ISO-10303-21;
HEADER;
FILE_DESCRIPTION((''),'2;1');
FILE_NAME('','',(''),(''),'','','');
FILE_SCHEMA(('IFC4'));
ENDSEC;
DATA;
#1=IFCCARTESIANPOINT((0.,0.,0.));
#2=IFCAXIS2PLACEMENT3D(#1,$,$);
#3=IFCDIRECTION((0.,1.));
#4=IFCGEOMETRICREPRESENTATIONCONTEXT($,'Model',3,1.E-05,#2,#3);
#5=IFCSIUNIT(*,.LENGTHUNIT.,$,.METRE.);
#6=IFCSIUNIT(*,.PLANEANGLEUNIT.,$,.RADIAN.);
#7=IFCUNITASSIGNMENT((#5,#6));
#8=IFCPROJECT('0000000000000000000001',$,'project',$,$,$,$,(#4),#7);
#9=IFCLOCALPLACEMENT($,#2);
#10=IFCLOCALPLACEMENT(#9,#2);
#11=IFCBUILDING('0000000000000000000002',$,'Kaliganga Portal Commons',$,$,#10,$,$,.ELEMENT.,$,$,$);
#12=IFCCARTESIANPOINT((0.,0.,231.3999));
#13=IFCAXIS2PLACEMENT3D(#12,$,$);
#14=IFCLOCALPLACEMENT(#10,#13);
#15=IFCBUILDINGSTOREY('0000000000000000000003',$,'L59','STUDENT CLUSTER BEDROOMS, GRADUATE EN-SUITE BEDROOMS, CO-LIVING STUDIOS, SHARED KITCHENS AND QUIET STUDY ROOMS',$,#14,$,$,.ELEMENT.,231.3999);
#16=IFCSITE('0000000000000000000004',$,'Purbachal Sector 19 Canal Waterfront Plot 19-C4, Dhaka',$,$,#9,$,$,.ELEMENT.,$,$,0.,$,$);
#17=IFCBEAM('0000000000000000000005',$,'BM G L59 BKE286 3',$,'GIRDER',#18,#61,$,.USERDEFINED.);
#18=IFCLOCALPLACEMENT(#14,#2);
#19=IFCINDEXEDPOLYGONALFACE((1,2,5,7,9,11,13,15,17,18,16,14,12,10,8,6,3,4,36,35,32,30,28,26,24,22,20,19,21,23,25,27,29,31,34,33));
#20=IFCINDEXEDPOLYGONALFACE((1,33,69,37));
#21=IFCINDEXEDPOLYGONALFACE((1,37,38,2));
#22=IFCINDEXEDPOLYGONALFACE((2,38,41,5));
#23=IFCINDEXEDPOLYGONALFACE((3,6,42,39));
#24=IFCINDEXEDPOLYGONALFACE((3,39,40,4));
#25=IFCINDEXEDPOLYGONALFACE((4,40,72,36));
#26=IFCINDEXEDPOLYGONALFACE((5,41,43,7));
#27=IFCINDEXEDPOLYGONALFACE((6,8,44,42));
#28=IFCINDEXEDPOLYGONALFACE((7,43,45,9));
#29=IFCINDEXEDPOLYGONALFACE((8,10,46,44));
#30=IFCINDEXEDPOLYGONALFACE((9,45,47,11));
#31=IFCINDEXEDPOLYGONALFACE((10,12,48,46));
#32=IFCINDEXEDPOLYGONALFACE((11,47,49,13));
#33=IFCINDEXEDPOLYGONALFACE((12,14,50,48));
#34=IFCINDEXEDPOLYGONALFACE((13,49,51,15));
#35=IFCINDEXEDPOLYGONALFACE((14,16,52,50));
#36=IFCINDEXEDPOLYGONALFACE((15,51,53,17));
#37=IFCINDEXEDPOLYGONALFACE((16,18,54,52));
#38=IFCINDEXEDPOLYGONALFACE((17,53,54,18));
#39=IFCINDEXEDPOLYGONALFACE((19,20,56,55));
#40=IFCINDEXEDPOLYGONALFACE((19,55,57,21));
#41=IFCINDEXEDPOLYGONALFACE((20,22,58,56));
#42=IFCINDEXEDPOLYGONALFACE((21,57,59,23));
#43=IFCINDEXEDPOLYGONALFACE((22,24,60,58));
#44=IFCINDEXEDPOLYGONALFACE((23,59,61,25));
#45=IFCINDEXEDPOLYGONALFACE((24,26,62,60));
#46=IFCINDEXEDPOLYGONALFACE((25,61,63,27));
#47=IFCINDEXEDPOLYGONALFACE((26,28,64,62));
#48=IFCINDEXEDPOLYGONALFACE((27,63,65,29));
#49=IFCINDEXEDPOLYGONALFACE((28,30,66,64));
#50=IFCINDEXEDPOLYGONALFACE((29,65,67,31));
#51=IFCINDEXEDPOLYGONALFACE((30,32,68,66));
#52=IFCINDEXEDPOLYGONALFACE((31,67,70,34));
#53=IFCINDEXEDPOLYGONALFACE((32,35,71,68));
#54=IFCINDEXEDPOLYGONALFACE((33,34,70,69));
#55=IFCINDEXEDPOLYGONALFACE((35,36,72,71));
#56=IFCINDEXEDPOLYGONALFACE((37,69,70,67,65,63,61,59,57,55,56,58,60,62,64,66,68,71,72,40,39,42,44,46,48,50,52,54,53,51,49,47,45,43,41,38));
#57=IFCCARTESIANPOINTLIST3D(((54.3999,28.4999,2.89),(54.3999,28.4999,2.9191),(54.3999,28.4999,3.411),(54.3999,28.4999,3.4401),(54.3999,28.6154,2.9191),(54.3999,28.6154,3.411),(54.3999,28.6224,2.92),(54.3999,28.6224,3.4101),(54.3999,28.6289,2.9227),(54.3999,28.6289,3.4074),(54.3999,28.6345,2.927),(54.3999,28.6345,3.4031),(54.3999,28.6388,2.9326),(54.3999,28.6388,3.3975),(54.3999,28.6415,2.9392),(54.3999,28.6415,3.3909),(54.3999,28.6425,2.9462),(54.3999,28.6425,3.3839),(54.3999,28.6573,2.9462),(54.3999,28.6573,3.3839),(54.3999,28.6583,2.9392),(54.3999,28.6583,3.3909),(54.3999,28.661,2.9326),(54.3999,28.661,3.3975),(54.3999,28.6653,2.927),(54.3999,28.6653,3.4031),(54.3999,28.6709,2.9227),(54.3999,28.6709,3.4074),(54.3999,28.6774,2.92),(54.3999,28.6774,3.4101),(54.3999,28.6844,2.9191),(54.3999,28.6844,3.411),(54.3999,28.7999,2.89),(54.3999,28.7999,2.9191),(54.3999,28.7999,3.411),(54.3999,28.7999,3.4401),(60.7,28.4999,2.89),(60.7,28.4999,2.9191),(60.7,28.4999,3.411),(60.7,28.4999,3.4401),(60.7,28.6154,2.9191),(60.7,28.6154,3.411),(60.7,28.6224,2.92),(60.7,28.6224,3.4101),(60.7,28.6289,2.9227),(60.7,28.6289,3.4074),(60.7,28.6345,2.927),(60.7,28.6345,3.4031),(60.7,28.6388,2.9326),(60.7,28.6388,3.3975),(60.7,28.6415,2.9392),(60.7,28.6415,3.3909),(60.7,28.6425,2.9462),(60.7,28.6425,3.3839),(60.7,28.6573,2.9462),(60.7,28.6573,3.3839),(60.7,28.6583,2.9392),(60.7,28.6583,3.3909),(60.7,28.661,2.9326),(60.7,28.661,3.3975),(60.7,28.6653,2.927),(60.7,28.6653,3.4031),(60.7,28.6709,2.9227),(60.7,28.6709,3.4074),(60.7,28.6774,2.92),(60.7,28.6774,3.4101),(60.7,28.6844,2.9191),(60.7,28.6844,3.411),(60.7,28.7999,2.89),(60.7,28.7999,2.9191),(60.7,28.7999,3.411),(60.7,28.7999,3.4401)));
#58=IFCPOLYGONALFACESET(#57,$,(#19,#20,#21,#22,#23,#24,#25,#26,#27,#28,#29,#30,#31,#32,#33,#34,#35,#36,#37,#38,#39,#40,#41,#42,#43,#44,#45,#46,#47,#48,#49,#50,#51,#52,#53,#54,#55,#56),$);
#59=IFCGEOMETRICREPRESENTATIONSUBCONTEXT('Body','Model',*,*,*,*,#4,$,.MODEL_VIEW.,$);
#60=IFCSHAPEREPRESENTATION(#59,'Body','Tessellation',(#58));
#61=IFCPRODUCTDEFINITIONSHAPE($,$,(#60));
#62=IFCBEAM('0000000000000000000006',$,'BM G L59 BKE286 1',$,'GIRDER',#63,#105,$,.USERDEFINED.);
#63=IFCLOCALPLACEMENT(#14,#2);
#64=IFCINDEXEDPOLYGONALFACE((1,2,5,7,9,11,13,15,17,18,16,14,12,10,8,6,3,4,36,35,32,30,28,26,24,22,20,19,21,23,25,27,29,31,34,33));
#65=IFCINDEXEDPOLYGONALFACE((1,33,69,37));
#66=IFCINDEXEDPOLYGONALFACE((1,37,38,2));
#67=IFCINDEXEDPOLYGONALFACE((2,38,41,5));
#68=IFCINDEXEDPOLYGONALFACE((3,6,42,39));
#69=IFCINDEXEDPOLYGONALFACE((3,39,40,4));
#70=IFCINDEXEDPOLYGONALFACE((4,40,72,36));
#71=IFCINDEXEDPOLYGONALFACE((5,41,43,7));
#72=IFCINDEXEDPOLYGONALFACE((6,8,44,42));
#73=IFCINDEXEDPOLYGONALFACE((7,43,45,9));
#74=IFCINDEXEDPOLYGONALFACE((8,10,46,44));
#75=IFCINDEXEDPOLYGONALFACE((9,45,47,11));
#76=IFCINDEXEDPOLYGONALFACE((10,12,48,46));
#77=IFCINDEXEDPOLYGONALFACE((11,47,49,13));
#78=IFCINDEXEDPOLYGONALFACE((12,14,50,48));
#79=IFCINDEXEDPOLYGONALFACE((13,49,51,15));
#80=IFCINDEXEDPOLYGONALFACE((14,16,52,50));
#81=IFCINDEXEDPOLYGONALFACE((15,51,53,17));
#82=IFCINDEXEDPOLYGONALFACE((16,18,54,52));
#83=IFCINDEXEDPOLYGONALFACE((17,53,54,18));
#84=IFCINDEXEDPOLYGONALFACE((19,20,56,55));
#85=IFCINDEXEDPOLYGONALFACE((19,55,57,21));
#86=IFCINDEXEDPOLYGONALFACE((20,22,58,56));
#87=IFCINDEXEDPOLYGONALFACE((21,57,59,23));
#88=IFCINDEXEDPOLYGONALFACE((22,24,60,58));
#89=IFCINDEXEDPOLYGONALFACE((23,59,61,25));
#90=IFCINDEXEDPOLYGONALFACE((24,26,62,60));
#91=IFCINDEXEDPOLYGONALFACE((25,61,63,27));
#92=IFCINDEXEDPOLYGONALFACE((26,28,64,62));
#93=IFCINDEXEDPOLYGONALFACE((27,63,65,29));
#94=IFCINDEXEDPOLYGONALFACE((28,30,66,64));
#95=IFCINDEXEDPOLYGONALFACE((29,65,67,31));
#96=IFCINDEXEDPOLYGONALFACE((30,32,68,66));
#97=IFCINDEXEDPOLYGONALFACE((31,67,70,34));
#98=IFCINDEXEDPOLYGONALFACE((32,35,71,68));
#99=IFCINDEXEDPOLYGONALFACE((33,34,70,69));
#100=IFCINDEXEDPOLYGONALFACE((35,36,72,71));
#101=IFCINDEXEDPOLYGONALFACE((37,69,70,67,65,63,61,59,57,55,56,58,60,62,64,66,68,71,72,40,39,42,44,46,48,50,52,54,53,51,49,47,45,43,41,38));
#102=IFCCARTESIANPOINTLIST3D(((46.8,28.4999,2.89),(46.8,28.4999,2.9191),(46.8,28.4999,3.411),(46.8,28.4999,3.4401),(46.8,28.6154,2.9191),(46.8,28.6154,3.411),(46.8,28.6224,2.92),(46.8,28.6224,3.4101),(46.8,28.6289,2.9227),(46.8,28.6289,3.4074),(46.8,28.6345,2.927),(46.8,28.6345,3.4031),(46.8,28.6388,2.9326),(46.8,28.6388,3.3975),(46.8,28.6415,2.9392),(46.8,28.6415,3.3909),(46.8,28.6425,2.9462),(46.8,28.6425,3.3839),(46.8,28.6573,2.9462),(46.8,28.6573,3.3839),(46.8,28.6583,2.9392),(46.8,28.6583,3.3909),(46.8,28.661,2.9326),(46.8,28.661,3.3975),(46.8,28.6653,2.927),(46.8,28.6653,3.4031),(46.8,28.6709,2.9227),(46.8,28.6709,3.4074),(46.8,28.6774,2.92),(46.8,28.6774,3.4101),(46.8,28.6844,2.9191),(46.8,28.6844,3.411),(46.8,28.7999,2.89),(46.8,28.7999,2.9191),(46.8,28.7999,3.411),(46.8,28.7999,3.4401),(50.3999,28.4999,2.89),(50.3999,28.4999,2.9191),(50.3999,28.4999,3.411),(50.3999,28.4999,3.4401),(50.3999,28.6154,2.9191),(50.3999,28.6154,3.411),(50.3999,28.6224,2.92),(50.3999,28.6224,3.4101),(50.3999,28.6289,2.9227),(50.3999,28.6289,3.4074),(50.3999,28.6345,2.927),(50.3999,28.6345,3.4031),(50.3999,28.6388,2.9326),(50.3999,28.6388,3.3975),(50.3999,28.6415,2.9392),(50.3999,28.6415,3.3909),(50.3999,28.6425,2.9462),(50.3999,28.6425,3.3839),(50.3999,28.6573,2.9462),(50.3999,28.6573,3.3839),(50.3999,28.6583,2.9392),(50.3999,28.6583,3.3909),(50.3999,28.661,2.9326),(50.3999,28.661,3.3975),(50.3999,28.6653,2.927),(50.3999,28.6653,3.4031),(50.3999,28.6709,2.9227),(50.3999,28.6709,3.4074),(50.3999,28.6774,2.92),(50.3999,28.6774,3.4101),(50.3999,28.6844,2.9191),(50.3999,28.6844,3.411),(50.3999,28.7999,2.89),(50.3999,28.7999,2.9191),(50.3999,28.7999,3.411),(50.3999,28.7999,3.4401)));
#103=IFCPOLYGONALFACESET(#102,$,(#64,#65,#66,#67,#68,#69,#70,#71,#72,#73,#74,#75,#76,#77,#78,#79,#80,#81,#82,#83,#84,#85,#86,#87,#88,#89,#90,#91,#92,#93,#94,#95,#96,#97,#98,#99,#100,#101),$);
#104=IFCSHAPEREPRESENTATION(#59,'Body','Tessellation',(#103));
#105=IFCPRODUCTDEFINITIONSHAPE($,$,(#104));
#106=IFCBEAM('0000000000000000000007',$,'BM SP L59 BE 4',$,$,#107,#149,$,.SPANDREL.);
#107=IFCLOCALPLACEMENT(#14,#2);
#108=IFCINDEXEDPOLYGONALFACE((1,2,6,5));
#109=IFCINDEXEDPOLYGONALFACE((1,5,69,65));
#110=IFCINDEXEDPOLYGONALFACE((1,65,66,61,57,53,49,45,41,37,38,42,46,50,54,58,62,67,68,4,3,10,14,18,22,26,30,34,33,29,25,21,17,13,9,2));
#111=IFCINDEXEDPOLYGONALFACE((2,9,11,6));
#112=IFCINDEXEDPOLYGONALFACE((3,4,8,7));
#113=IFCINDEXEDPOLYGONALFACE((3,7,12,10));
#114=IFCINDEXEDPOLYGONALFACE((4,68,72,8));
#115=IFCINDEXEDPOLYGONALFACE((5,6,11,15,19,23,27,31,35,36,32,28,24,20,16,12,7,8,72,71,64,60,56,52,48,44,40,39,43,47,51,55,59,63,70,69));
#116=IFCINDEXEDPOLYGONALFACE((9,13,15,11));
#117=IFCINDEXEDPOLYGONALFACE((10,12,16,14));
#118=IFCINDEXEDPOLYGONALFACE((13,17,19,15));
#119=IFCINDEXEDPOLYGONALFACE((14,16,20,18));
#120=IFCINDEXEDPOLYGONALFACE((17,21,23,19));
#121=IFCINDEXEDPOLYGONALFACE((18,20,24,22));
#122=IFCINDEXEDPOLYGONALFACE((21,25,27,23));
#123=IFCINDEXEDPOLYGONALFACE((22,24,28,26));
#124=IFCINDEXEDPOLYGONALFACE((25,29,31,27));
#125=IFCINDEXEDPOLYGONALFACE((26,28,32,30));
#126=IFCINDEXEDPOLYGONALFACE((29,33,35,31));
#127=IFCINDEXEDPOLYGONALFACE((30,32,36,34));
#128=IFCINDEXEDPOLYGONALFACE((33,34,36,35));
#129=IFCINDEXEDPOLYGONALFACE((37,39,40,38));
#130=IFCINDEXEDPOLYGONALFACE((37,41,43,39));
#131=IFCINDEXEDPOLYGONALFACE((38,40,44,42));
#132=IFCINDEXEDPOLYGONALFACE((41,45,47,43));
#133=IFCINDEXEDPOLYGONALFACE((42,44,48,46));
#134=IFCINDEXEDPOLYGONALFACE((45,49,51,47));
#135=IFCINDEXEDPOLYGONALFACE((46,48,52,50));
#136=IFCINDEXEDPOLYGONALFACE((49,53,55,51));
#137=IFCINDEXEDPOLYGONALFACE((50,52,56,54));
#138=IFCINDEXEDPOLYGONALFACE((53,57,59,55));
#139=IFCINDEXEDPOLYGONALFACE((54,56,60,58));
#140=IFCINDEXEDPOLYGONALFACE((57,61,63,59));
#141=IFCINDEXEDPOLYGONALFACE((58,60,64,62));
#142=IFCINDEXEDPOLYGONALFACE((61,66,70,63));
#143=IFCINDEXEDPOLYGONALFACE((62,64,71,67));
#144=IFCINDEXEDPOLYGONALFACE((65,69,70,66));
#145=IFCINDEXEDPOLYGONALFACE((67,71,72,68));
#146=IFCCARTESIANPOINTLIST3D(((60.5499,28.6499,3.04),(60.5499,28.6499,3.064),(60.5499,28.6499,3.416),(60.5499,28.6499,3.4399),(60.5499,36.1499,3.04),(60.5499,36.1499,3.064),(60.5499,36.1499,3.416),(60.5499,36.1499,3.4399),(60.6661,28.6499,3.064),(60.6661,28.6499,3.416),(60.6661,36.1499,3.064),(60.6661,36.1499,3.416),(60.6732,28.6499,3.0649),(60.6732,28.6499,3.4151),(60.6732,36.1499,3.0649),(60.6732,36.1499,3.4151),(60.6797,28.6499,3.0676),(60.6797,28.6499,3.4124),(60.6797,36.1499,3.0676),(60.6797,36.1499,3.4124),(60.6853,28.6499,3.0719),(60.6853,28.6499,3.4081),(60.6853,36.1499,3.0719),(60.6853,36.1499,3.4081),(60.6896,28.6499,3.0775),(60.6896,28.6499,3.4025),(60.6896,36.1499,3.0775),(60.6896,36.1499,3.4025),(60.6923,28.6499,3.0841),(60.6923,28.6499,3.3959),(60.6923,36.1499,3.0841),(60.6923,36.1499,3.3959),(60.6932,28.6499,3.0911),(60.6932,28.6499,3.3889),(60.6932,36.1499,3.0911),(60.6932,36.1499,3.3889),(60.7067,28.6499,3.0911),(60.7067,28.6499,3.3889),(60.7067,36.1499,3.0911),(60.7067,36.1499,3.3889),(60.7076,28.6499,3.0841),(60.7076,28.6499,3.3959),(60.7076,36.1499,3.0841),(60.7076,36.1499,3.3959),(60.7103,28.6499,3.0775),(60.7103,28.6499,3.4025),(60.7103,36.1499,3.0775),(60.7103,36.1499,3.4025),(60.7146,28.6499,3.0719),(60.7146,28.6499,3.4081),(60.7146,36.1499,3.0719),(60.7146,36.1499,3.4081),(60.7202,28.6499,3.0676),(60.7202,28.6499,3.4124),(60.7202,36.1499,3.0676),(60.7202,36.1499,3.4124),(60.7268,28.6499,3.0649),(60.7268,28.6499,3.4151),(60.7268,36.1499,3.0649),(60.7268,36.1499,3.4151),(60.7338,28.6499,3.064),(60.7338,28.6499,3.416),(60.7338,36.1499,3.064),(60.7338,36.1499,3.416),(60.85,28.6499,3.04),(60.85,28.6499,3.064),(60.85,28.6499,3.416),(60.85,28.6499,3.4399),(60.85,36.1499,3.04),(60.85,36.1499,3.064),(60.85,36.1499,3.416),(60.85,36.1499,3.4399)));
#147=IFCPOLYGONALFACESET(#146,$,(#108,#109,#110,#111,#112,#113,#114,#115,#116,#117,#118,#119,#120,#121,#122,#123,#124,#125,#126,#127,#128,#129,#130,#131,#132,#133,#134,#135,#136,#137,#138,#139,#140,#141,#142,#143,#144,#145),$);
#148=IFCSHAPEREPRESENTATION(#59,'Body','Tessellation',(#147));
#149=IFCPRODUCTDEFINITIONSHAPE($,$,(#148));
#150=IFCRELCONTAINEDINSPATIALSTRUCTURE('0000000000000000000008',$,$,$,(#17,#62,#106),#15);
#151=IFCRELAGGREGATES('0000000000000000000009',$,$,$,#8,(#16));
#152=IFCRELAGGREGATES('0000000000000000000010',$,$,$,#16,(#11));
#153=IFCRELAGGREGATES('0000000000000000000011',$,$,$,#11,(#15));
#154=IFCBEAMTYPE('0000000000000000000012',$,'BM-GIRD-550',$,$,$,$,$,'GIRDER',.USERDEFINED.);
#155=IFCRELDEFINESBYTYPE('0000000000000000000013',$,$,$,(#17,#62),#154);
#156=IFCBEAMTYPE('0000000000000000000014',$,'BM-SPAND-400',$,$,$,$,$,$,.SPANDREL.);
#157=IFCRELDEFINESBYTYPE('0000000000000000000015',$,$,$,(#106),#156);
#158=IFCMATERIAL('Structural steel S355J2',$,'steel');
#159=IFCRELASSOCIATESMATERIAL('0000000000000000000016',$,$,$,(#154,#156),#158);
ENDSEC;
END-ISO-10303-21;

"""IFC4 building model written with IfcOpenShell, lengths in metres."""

from ifc_helpers import new_model, si_unit, direction, frame, origin, origin_2d, place, context, subcontext, project, spatial, i_section, extrude, source, transform, mapped, material, material_profile, profile_set, type_object, element, save


model = new_model("IFC4")

# Units and contexts
model_context = context("Model", 3, precision=1e-05, world=origin(), true_north=direction((0.0, 1.0)))
body_context = subcontext(model_context, "Body", "Model", "MODEL_VIEW")
ifc_project = project(units=[si_unit("LENGTHUNIT", "METRE"), si_unit("PLANEANGLEUNIT", "RADIAN")], contexts=[model_context])

# Site, building, storey
site_placement = place(None, origin())
site = spatial("IfcSite", under=ifc_project, at=site_placement, Name="Purbachal Sector 19 Canal Waterfront Plot 19-C4, Dhaka", CompositionType="ELEMENT", RefElevation=0.0)
building_placement = place(site_placement, origin())
building = spatial("IfcBuilding", under=site, at=building_placement, Name="Kaliganga Portal Commons", CompositionType="ELEMENT")
storey_placement = place(building_placement, frame((0.0, 0.0, 231.3999)))
storey = spatial("IfcBuildingStorey", under=building, at=storey_placement, Name="L59", Description="STUDENT CLUSTER BEDROOMS, GRADUATE EN-SUITE BEDROOMS, CO-LIVING STUDIOS, SHARED KITCHENS AND QUIET STUDY ROOMS", CompositionType="ELEMENT", Elevation=231.3999)

# Shared definitions
ifc_material_1 = material(Name="Structural steel S355J2", Category="steel")

# Beams
ifc_material_profile_1 = material_profile(ifc_material_1, i_section(OverallWidth=0.3, OverallDepth=0.55, WebThickness=0.0149, FlangeThickness=0.0291, FilletRadius=0.0271, at=origin_2d()), Name="HE 550 B")
ifc_profile_set_1 = profile_set([ifc_material_profile_1], Name="Structural steel S355J2 wide-flange")
beam_type_1 = type_object("IfcBeamType", Name="BM-GIRD-550", ElementType="GIRDER", PredefinedType="USERDEFINED", material=ifc_profile_set_1)
shared_shape_1 = source(origin(), body_context, "Body", "SweptSolid", [
    extrude(i_section(OverallWidth=0.3, OverallDepth=0.55, WebThickness=0.0149, FlangeThickness=0.0291, FilletRadius=0.0271, at=origin_2d()), origin(), (0.0, 0.0, 1.0), 6.3),
])
for number, where, z_axis, x_axis, name in (
    (1, (54.3999, 28.6499, 3.165), (1.0, 0.0, 0.0), (0.0, 1.0, 0.0), "BM G L59 BKE286 3"),
):
    element("IfcBeam", number, at=place(storey_placement, frame(where, z_axis=z_axis, x_axis=x_axis)), inside=storey, type_object=beam_type_1, Name=name, ObjectType="GIRDER", PredefinedType="USERDEFINED", context=body_context, shape_type="MappedRepresentation", body=[
        mapped(shared_shape_1, transform((0.0, 0.0, 0.0), x_axis=(1.0, 0.0, 0.0), y_axis=(0.0, 1.0, 0.0), z_axis=(0.0, 0.0, 1.0), scale=1.0)),
    ])
shared_shape_2 = source(origin(), body_context, "Body", "SweptSolid", [
    extrude(i_section(OverallWidth=0.3, OverallDepth=0.55, WebThickness=0.0149, FlangeThickness=0.0291, FilletRadius=0.0271, at=origin_2d()), origin(), (0.0, 0.0, 1.0), 3.5999),
])
beam_1_placement = place(storey_placement, frame((46.8, 28.6499, 3.165), z_axis=(1.0, 0.0, 0.0), x_axis=(0.0, 1.0, 0.0)))
element("IfcBeam", 2, at=beam_1_placement, inside=storey, type_object=beam_type_1, Name="BM G L59 BKE286 1", ObjectType="GIRDER", PredefinedType="USERDEFINED", context=body_context, shape_type="MappedRepresentation", body=[
    mapped(shared_shape_2, transform((0.0, 0.0, 0.0), x_axis=(1.0, 0.0, 0.0), y_axis=(0.0, 1.0, 0.0), z_axis=(0.0, 0.0, 1.0), scale=1.0)),
])
ifc_material_profile_2 = material_profile(ifc_material_1, i_section(OverallWidth=0.3, OverallDepth=0.3999, WebThickness=0.0134, FlangeThickness=0.0239, FilletRadius=0.0271, at=origin_2d()), Name="HE 400 B")
ifc_profile_set_2 = profile_set([ifc_material_profile_2], Name="Structural steel S355J2 wide-flange")
beam_type_2 = type_object("IfcBeamType", Name="BM-SPAND-400", PredefinedType="SPANDREL", material=ifc_profile_set_2)
shared_shape_3 = source(origin(), body_context, "Body", "SweptSolid", [
    extrude(i_section(OverallWidth=0.3, OverallDepth=0.3999, WebThickness=0.0134, FlangeThickness=0.0239, FilletRadius=0.0271, at=origin_2d()), origin(), (0.0, 0.0, 1.0), 7.5),
])
beam_2_placement = place(storey_placement, frame((60.7, 28.6499, 3.24), z_axis=(0.0, 1.0, 0.0), x_axis=(-1.0, 0.0, 0.0)))
element("IfcBeam", 3, at=beam_2_placement, inside=storey, type_object=beam_type_2, Name="BM SP L59 BE 4", PredefinedType="SPANDREL", context=body_context, shape_type="MappedRepresentation", body=[
    mapped(shared_shape_3, transform((0.0, 0.0, 0.0), x_axis=(1.0, 0.0, 0.0), y_axis=(0.0, 1.0, 0.0), z_axis=(0.0, 0.0, 1.0), scale=1.0)),
])

save(model, "model.ifc")
